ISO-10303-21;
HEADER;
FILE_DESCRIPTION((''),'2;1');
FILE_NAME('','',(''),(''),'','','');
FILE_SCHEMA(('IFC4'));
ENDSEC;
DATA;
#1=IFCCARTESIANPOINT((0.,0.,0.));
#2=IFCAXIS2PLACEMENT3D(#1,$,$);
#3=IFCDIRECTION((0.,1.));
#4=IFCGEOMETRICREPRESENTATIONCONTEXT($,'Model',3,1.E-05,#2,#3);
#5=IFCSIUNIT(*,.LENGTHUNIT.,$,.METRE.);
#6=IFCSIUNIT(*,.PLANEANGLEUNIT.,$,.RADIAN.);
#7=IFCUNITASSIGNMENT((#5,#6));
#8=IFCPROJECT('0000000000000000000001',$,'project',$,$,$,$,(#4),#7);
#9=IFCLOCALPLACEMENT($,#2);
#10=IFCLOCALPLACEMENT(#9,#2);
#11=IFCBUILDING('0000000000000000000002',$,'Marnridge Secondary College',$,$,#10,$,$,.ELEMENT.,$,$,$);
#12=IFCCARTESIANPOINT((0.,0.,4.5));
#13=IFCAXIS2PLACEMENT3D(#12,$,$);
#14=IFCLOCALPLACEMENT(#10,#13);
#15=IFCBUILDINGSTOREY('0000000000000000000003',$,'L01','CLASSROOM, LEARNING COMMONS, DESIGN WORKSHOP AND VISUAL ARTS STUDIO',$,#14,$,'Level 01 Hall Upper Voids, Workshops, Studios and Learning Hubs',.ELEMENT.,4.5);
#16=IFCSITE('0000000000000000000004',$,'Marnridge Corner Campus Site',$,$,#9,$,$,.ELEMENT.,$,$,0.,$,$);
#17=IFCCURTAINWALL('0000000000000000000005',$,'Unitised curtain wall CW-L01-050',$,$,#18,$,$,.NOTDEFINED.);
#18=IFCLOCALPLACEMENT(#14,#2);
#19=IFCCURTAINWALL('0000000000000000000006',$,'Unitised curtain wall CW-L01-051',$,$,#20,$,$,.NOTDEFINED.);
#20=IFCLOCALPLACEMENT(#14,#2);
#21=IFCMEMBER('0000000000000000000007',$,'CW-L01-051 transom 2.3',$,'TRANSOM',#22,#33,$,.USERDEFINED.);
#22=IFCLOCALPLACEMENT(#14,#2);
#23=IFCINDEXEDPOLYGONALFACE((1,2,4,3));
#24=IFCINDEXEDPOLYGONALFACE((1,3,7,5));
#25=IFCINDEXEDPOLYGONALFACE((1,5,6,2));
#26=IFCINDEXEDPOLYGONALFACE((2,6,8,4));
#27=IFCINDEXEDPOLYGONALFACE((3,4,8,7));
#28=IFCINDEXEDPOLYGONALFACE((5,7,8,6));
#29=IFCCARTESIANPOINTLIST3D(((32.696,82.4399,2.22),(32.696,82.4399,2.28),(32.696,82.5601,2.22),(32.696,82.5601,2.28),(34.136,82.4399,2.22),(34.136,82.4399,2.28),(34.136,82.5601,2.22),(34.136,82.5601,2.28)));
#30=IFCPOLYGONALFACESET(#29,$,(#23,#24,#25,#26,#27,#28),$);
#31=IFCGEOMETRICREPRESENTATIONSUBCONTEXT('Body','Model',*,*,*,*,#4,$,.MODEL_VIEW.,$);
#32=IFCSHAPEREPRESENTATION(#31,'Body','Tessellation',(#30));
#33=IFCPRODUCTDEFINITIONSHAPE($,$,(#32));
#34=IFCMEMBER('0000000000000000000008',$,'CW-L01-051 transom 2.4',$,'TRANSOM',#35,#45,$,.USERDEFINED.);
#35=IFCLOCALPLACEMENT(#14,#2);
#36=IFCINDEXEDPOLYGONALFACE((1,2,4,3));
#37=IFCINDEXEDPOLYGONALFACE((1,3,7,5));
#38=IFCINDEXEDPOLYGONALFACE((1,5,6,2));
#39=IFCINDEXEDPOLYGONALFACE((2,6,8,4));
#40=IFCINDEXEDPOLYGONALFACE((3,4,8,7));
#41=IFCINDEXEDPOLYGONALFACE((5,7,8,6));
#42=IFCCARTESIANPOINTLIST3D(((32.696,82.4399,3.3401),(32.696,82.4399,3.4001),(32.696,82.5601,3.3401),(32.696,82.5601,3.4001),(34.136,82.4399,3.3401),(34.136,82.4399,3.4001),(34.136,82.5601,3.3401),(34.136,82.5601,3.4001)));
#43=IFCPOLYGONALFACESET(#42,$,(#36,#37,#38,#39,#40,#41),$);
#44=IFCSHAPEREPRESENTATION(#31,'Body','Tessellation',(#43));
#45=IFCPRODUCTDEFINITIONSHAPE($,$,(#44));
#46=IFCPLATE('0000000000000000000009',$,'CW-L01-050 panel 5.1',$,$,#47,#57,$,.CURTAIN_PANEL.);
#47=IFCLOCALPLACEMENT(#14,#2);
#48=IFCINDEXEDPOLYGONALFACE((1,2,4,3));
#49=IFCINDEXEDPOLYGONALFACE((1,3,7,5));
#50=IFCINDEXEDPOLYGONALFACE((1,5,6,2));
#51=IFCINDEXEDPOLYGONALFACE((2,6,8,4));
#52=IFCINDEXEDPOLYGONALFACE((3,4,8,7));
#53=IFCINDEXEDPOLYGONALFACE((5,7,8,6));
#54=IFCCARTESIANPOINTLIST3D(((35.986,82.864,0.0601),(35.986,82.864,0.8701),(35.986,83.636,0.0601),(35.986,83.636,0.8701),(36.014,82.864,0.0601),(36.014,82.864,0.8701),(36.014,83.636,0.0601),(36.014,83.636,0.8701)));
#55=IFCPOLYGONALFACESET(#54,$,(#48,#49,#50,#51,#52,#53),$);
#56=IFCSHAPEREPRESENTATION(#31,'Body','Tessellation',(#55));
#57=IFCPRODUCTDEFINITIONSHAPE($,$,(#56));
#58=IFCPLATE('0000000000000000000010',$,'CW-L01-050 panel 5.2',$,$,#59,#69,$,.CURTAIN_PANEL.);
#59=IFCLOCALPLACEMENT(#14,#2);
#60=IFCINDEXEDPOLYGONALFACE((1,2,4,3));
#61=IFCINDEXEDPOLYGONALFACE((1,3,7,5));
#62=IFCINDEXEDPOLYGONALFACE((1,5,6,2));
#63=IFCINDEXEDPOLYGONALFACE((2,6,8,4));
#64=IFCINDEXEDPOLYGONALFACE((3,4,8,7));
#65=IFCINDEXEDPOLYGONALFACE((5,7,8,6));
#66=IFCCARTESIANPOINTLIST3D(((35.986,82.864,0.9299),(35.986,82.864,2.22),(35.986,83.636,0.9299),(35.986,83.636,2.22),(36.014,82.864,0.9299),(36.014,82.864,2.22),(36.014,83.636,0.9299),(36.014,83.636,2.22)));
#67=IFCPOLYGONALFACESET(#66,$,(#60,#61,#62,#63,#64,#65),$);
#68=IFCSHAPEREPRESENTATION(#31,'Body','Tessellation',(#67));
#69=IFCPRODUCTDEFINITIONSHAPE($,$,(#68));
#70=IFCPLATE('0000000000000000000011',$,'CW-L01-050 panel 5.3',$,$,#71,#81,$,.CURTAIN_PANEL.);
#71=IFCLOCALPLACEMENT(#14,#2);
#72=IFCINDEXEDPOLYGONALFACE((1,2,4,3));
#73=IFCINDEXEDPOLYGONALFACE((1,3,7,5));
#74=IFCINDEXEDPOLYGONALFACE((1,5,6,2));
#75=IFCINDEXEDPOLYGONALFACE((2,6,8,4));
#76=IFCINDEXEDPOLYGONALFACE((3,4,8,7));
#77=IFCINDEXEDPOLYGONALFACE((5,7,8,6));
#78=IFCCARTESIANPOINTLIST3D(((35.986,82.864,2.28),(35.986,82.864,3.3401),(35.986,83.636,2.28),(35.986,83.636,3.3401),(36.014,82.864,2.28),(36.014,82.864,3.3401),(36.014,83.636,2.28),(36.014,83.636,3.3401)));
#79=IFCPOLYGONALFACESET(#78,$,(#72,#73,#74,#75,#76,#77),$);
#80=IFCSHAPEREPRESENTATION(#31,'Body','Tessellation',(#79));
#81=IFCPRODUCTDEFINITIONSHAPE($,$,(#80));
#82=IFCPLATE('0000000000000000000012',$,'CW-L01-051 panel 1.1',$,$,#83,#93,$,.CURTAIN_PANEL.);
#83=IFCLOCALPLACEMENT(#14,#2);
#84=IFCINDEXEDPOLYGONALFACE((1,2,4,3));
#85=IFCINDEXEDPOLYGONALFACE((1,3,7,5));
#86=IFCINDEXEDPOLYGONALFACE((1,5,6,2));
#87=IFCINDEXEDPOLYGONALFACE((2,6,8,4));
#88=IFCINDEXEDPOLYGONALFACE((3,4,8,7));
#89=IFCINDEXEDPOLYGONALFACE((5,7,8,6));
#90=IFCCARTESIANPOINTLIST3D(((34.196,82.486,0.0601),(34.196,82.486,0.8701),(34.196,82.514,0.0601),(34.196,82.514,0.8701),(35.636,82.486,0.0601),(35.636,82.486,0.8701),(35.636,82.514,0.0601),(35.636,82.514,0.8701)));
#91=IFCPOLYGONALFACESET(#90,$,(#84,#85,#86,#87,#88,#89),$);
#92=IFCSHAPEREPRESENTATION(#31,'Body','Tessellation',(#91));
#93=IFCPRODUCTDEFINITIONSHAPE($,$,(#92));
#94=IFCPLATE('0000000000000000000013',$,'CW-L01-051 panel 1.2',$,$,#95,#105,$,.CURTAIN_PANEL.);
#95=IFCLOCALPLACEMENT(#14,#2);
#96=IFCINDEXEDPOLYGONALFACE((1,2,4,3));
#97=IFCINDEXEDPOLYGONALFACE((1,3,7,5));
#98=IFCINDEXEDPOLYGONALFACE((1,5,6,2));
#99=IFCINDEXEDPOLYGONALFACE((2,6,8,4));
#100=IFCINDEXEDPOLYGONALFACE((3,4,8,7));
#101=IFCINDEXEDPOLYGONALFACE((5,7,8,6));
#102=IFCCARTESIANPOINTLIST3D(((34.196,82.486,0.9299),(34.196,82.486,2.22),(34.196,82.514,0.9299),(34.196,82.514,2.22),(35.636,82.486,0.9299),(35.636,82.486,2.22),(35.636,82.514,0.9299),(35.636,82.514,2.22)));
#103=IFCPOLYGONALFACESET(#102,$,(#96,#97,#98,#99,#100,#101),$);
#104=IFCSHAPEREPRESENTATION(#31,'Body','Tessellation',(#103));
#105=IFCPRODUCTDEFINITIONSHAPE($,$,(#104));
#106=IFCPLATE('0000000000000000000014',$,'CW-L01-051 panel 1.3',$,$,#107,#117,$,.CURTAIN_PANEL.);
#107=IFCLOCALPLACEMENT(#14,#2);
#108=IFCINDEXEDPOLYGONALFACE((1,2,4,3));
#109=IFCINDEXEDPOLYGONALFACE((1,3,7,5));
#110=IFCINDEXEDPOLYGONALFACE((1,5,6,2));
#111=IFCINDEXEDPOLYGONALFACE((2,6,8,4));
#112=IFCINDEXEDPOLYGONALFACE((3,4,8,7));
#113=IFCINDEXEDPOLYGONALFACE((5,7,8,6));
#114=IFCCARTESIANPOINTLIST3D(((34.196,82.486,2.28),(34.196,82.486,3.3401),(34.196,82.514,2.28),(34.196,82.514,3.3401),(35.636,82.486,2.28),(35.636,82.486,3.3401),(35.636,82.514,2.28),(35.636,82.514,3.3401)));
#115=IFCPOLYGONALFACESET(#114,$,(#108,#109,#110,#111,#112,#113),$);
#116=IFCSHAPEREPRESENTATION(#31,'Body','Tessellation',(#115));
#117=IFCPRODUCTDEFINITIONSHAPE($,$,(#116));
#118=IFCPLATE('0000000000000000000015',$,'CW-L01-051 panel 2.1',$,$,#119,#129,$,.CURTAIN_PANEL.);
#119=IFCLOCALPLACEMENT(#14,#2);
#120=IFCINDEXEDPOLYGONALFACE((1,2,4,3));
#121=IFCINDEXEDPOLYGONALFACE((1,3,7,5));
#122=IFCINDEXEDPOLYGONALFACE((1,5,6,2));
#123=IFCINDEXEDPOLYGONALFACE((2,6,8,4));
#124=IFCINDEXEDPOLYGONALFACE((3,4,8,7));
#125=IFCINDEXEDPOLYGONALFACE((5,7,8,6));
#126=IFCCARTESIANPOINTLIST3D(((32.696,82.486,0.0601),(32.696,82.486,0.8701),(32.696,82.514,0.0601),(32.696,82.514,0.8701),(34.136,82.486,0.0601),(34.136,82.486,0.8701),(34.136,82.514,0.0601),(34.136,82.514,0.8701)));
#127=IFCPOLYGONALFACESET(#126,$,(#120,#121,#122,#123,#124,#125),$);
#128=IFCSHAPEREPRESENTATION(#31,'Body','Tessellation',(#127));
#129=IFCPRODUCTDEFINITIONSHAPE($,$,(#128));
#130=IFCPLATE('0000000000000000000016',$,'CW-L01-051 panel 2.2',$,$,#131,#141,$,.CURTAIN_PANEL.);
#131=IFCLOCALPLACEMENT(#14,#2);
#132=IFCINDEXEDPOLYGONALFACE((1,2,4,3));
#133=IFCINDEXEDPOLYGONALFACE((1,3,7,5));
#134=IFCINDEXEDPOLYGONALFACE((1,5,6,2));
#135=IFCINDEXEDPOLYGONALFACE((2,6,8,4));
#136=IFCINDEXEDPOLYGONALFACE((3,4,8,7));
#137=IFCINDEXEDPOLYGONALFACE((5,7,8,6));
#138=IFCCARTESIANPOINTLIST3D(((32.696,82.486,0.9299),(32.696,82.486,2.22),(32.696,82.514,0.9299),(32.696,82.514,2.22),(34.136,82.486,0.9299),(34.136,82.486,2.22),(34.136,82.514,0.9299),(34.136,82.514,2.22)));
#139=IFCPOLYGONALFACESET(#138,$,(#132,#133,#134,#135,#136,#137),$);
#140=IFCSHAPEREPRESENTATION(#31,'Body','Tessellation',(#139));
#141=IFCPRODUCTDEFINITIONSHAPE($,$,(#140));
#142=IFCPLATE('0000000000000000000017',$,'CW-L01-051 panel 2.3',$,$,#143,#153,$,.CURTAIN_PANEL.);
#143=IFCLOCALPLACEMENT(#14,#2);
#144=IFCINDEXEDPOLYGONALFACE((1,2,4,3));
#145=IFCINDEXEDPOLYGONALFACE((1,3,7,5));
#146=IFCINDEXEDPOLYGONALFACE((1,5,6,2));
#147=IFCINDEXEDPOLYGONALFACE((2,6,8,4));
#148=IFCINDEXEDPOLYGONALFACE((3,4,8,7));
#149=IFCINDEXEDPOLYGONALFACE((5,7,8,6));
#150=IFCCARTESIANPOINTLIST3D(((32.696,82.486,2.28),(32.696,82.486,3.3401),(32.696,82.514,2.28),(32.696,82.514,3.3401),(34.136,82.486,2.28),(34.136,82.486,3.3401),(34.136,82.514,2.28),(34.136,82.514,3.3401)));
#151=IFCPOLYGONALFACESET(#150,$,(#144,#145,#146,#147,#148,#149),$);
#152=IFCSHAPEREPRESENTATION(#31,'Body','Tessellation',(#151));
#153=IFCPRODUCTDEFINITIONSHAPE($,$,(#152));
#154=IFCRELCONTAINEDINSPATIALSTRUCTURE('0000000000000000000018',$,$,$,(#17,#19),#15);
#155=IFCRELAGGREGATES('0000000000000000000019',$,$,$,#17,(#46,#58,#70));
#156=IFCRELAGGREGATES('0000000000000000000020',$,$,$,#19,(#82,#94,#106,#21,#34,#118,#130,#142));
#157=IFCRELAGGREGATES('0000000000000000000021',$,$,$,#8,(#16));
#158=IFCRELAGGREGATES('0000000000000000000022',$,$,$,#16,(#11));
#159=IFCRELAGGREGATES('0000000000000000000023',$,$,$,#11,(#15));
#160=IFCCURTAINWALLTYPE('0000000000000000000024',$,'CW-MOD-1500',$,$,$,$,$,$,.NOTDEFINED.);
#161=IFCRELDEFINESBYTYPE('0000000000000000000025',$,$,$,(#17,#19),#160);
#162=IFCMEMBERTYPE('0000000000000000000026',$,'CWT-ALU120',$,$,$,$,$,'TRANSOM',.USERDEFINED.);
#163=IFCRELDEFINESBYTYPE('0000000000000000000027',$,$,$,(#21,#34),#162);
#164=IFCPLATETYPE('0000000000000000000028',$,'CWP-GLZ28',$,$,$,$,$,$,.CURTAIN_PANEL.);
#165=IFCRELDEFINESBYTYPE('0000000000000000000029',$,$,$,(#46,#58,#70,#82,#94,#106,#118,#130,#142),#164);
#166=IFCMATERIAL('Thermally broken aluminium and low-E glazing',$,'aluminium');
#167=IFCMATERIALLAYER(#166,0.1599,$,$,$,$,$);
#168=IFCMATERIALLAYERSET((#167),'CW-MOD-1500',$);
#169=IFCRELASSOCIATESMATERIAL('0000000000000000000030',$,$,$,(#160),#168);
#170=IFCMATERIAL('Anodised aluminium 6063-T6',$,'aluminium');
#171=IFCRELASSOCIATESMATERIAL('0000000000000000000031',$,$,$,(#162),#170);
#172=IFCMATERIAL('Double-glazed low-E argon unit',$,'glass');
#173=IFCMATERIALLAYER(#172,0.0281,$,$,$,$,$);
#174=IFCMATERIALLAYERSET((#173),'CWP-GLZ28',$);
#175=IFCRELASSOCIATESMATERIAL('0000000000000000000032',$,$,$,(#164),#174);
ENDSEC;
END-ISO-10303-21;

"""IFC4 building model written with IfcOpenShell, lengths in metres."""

from ifc_helpers import new_model, si_unit, direction, frame, origin, origin_2d, place, context, subcontext, project, spatial, rectangle, extrude, material, layer, layer_set, material_profile, profile_set, type_object, element, aggregate, save


model = new_model("IFC4")

# Units and contexts
model_context = context("Model", 3, precision=1e-05, world=origin(), true_north=direction((0.0, 1.0)))
body_context = subcontext(model_context, "Body", "Model", "MODEL_VIEW")
ifc_project = project(units=[si_unit("LENGTHUNIT", "METRE"), si_unit("PLANEANGLEUNIT", "RADIAN")], contexts=[model_context])

# Site, building, storey
site_placement = place(None, origin())
site = spatial("IfcSite", under=ifc_project, at=site_placement, Name="Marnridge Corner Campus Site", CompositionType="ELEMENT", RefElevation=0.0)
building_placement = place(site_placement, origin())
building = spatial("IfcBuilding", under=site, at=building_placement, Name="Marnridge Secondary College", CompositionType="ELEMENT")
storey_placement = place(building_placement, frame((0.0, 0.0, 4.5)))
storey = spatial("IfcBuildingStorey", under=building, at=storey_placement, Name="L01", Description="CLASSROOM, LEARNING COMMONS, DESIGN WORKSHOP AND VISUAL ARTS STUDIO", LongName="Level 01 Hall Upper Voids, Workshops, Studios and Learning Hubs", CompositionType="ELEMENT", Elevation=4.5)

# Curtain wall
ifc_material_1 = material(Name="Thermally broken aluminium and low-E glazing", Category="aluminium")
ifc_layer_1 = layer(ifc_material_1, 0.1599)
ifc_layer_set_1 = layer_set([ifc_layer_1], Name="CW-MOD-1500")
curtain_wall_type = type_object("IfcCurtainWallType", Name="CW-MOD-1500", PredefinedType="NOTDEFINED", material=ifc_layer_set_1)
curtain_wall_1_placement = place(storey_placement, origin())
curtain_wall_1 = element("IfcCurtainWall", 1, at=curtain_wall_1_placement, inside=storey, type_object=curtain_wall_type, Name="Unitised curtain wall CW-L01-050", PredefinedType="NOTDEFINED")

# Curtain wall, members
curtain_wall_2_placement = place(storey_placement, origin())
curtain_wall_2 = element("IfcCurtainWall", 2, at=curtain_wall_2_placement, inside=storey, type_object=curtain_wall_type, Name="Unitised curtain wall CW-L01-051", PredefinedType="NOTDEFINED")
ifc_material_2 = material(Name="Anodised aluminium 6063-T6", Category="aluminium")
ifc_material_profile_1 = material_profile(ifc_material_2, rectangle(XDim=0.0601, YDim=0.1201, at=origin_2d()), Name="ALU 60x120")
ifc_profile_set_1 = profile_set([ifc_material_profile_1], Name="Anodised aluminium 6063-T6")
member_type_1 = type_object("IfcMemberType", Name="CWT-ALU120", ElementType="TRANSOM", PredefinedType="USERDEFINED", material=ifc_profile_set_1)
member_1_placement = place(storey_placement, frame((34.136, 82.5, 2.25), z_axis=(-1.0, 0.0, 0.0), x_axis=(0.0, 0.0, 1.0)))
member_1 = element("IfcMember", 3, at=member_1_placement, type_object=member_type_1, Name="CW-L01-051 transom 2.3", ObjectType="TRANSOM", PredefinedType="USERDEFINED", context=body_context, shape_type="SweptSolid", body=[
    extrude(rectangle(XDim=0.0601, YDim=0.1201, at=origin_2d()), origin(), (0.0, 0.0, 1.0), 1.4399),
])
member_2_placement = place(storey_placement, frame((34.136, 82.5, 3.3701), z_axis=(-1.0, 0.0, 0.0), x_axis=(0.0, 0.0, 1.0)))
member_2 = element("IfcMember", 4, at=member_2_placement, type_object=member_type_1, Name="CW-L01-051 transom 2.4", ObjectType="TRANSOM", PredefinedType="USERDEFINED", context=body_context, shape_type="SweptSolid", body=[
    extrude(rectangle(XDim=0.0601, YDim=0.1201, at=origin_2d()), origin(), (0.0, 0.0, 1.0), 1.4399),
])

# Plates
ifc_material_3 = material(Name="Double-glazed low-E argon unit", Category="glass")
ifc_layer_2 = layer(ifc_material_3, 0.0281)
ifc_layer_set_2 = layer_set([ifc_layer_2], Name="CWP-GLZ28")
plate_type = type_object("IfcPlateType", Name="CWP-GLZ28", PredefinedType="CURTAIN_PANEL", material=ifc_layer_set_2)
plate_1_placement = place(storey_placement, frame((36.0, 83.25, 0.0601), z_axis=(0.0, 0.0, 1.0), x_axis=(0.0, -1.0, 0.0)))
plate_1 = element("IfcPlate", 5, at=plate_1_placement, type_object=plate_type, Name="CW-L01-050 panel 5.1", PredefinedType="CURTAIN_PANEL", context=body_context, shape_type="SweptSolid", body=[
    extrude(rectangle(XDim=0.772, YDim=0.0281, at=origin_2d()), origin(), (0.0, 0.0, 1.0), 0.8101),
])
plate_2_placement = place(storey_placement, frame((36.0, 83.25, 0.9299), z_axis=(0.0, 0.0, 1.0), x_axis=(0.0, -1.0, 0.0)))
plate_2 = element("IfcPlate", 6, at=plate_2_placement, type_object=plate_type, Name="CW-L01-050 panel 5.2", PredefinedType="CURTAIN_PANEL", context=body_context, shape_type="SweptSolid", body=[
    extrude(rectangle(XDim=0.772, YDim=0.0281, at=origin_2d()), origin(), (0.0, 0.0, 1.0), 1.29),
])
plate_3_placement = place(storey_placement, frame((36.0, 83.25, 2.28), z_axis=(0.0, 0.0, 1.0), x_axis=(0.0, -1.0, 0.0)))
plate_3 = element("IfcPlate", 7, at=plate_3_placement, type_object=plate_type, Name="CW-L01-050 panel 5.3", PredefinedType="CURTAIN_PANEL", context=body_context, shape_type="SweptSolid", body=[
    extrude(rectangle(XDim=0.772, YDim=0.0281, at=origin_2d()), origin(), (0.0, 0.0, 1.0), 1.0601),
])
aggregate(curtain_wall_1, [plate_1, plate_2, plate_3])
plate_4_placement = place(storey_placement, frame((34.916, 82.5, 0.0601), z_axis=(0.0, 0.0, 1.0), x_axis=(-1.0, 0.0, 0.0)))
plate_4 = element("IfcPlate", 8, at=plate_4_placement, type_object=plate_type, Name="CW-L01-051 panel 1.1", PredefinedType="CURTAIN_PANEL", context=body_context, shape_type="SweptSolid", body=[
    extrude(rectangle(XDim=1.4399, YDim=0.0281, at=origin_2d()), origin(), (0.0, 0.0, 1.0), 0.8101),
])
plate_5_placement = place(storey_placement, frame((34.916, 82.5, 0.9299), z_axis=(0.0, 0.0, 1.0), x_axis=(-1.0, 0.0, 0.0)))
plate_5 = element("IfcPlate", 9, at=plate_5_placement, type_object=plate_type, Name="CW-L01-051 panel 1.2", PredefinedType="CURTAIN_PANEL", context=body_context, shape_type="SweptSolid", body=[
    extrude(rectangle(XDim=1.4399, YDim=0.0281, at=origin_2d()), origin(), (0.0, 0.0, 1.0), 1.29),
])
plate_6_placement = place(storey_placement, frame((34.916, 82.5, 2.28), z_axis=(0.0, 0.0, 1.0), x_axis=(-1.0, 0.0, 0.0)))
plate_6 = element("IfcPlate", 10, at=plate_6_placement, type_object=plate_type, Name="CW-L01-051 panel 1.3", PredefinedType="CURTAIN_PANEL", context=body_context, shape_type="SweptSolid", body=[
    extrude(rectangle(XDim=1.4399, YDim=0.0281, at=origin_2d()), origin(), (0.0, 0.0, 1.0), 1.0601),
])
plate_7_placement = place(storey_placement, frame((33.416, 82.5, 0.0601), z_axis=(0.0, 0.0, 1.0), x_axis=(-1.0, 0.0, 0.0)))
plate_7 = element("IfcPlate", 11, at=plate_7_placement, type_object=plate_type, Name="CW-L01-051 panel 2.1", PredefinedType="CURTAIN_PANEL", context=body_context, shape_type="SweptSolid", body=[
    extrude(rectangle(XDim=1.4399, YDim=0.0281, at=origin_2d()), origin(), (0.0, 0.0, 1.0), 0.8101),
])
plate_8_placement = place(storey_placement, frame((33.416, 82.5, 0.9299), z_axis=(0.0, 0.0, 1.0), x_axis=(-1.0, 0.0, 0.0)))
plate_8 = element("IfcPlate", 12, at=plate_8_placement, type_object=plate_type, Name="CW-L01-051 panel 2.2", PredefinedType="CURTAIN_PANEL", context=body_context, shape_type="SweptSolid", body=[
    extrude(rectangle(XDim=1.4399, YDim=0.0281, at=origin_2d()), origin(), (0.0, 0.0, 1.0), 1.29),
])
plate_9_placement = place(storey_placement, frame((33.416, 82.5, 2.28), z_axis=(0.0, 0.0, 1.0), x_axis=(-1.0, 0.0, 0.0)))
plate_9 = element("IfcPlate", 13, at=plate_9_placement, type_object=plate_type, Name="CW-L01-051 panel 2.3", PredefinedType="CURTAIN_PANEL", context=body_context, shape_type="SweptSolid", body=[
    extrude(rectangle(XDim=1.4399, YDim=0.0281, at=origin_2d()), origin(), (0.0, 0.0, 1.0), 1.0601),
])
aggregate(curtain_wall_2, [plate_4, plate_5, plate_6, member_1, member_2, plate_7, plate_8, plate_9])

save(model, "model.ifc")
